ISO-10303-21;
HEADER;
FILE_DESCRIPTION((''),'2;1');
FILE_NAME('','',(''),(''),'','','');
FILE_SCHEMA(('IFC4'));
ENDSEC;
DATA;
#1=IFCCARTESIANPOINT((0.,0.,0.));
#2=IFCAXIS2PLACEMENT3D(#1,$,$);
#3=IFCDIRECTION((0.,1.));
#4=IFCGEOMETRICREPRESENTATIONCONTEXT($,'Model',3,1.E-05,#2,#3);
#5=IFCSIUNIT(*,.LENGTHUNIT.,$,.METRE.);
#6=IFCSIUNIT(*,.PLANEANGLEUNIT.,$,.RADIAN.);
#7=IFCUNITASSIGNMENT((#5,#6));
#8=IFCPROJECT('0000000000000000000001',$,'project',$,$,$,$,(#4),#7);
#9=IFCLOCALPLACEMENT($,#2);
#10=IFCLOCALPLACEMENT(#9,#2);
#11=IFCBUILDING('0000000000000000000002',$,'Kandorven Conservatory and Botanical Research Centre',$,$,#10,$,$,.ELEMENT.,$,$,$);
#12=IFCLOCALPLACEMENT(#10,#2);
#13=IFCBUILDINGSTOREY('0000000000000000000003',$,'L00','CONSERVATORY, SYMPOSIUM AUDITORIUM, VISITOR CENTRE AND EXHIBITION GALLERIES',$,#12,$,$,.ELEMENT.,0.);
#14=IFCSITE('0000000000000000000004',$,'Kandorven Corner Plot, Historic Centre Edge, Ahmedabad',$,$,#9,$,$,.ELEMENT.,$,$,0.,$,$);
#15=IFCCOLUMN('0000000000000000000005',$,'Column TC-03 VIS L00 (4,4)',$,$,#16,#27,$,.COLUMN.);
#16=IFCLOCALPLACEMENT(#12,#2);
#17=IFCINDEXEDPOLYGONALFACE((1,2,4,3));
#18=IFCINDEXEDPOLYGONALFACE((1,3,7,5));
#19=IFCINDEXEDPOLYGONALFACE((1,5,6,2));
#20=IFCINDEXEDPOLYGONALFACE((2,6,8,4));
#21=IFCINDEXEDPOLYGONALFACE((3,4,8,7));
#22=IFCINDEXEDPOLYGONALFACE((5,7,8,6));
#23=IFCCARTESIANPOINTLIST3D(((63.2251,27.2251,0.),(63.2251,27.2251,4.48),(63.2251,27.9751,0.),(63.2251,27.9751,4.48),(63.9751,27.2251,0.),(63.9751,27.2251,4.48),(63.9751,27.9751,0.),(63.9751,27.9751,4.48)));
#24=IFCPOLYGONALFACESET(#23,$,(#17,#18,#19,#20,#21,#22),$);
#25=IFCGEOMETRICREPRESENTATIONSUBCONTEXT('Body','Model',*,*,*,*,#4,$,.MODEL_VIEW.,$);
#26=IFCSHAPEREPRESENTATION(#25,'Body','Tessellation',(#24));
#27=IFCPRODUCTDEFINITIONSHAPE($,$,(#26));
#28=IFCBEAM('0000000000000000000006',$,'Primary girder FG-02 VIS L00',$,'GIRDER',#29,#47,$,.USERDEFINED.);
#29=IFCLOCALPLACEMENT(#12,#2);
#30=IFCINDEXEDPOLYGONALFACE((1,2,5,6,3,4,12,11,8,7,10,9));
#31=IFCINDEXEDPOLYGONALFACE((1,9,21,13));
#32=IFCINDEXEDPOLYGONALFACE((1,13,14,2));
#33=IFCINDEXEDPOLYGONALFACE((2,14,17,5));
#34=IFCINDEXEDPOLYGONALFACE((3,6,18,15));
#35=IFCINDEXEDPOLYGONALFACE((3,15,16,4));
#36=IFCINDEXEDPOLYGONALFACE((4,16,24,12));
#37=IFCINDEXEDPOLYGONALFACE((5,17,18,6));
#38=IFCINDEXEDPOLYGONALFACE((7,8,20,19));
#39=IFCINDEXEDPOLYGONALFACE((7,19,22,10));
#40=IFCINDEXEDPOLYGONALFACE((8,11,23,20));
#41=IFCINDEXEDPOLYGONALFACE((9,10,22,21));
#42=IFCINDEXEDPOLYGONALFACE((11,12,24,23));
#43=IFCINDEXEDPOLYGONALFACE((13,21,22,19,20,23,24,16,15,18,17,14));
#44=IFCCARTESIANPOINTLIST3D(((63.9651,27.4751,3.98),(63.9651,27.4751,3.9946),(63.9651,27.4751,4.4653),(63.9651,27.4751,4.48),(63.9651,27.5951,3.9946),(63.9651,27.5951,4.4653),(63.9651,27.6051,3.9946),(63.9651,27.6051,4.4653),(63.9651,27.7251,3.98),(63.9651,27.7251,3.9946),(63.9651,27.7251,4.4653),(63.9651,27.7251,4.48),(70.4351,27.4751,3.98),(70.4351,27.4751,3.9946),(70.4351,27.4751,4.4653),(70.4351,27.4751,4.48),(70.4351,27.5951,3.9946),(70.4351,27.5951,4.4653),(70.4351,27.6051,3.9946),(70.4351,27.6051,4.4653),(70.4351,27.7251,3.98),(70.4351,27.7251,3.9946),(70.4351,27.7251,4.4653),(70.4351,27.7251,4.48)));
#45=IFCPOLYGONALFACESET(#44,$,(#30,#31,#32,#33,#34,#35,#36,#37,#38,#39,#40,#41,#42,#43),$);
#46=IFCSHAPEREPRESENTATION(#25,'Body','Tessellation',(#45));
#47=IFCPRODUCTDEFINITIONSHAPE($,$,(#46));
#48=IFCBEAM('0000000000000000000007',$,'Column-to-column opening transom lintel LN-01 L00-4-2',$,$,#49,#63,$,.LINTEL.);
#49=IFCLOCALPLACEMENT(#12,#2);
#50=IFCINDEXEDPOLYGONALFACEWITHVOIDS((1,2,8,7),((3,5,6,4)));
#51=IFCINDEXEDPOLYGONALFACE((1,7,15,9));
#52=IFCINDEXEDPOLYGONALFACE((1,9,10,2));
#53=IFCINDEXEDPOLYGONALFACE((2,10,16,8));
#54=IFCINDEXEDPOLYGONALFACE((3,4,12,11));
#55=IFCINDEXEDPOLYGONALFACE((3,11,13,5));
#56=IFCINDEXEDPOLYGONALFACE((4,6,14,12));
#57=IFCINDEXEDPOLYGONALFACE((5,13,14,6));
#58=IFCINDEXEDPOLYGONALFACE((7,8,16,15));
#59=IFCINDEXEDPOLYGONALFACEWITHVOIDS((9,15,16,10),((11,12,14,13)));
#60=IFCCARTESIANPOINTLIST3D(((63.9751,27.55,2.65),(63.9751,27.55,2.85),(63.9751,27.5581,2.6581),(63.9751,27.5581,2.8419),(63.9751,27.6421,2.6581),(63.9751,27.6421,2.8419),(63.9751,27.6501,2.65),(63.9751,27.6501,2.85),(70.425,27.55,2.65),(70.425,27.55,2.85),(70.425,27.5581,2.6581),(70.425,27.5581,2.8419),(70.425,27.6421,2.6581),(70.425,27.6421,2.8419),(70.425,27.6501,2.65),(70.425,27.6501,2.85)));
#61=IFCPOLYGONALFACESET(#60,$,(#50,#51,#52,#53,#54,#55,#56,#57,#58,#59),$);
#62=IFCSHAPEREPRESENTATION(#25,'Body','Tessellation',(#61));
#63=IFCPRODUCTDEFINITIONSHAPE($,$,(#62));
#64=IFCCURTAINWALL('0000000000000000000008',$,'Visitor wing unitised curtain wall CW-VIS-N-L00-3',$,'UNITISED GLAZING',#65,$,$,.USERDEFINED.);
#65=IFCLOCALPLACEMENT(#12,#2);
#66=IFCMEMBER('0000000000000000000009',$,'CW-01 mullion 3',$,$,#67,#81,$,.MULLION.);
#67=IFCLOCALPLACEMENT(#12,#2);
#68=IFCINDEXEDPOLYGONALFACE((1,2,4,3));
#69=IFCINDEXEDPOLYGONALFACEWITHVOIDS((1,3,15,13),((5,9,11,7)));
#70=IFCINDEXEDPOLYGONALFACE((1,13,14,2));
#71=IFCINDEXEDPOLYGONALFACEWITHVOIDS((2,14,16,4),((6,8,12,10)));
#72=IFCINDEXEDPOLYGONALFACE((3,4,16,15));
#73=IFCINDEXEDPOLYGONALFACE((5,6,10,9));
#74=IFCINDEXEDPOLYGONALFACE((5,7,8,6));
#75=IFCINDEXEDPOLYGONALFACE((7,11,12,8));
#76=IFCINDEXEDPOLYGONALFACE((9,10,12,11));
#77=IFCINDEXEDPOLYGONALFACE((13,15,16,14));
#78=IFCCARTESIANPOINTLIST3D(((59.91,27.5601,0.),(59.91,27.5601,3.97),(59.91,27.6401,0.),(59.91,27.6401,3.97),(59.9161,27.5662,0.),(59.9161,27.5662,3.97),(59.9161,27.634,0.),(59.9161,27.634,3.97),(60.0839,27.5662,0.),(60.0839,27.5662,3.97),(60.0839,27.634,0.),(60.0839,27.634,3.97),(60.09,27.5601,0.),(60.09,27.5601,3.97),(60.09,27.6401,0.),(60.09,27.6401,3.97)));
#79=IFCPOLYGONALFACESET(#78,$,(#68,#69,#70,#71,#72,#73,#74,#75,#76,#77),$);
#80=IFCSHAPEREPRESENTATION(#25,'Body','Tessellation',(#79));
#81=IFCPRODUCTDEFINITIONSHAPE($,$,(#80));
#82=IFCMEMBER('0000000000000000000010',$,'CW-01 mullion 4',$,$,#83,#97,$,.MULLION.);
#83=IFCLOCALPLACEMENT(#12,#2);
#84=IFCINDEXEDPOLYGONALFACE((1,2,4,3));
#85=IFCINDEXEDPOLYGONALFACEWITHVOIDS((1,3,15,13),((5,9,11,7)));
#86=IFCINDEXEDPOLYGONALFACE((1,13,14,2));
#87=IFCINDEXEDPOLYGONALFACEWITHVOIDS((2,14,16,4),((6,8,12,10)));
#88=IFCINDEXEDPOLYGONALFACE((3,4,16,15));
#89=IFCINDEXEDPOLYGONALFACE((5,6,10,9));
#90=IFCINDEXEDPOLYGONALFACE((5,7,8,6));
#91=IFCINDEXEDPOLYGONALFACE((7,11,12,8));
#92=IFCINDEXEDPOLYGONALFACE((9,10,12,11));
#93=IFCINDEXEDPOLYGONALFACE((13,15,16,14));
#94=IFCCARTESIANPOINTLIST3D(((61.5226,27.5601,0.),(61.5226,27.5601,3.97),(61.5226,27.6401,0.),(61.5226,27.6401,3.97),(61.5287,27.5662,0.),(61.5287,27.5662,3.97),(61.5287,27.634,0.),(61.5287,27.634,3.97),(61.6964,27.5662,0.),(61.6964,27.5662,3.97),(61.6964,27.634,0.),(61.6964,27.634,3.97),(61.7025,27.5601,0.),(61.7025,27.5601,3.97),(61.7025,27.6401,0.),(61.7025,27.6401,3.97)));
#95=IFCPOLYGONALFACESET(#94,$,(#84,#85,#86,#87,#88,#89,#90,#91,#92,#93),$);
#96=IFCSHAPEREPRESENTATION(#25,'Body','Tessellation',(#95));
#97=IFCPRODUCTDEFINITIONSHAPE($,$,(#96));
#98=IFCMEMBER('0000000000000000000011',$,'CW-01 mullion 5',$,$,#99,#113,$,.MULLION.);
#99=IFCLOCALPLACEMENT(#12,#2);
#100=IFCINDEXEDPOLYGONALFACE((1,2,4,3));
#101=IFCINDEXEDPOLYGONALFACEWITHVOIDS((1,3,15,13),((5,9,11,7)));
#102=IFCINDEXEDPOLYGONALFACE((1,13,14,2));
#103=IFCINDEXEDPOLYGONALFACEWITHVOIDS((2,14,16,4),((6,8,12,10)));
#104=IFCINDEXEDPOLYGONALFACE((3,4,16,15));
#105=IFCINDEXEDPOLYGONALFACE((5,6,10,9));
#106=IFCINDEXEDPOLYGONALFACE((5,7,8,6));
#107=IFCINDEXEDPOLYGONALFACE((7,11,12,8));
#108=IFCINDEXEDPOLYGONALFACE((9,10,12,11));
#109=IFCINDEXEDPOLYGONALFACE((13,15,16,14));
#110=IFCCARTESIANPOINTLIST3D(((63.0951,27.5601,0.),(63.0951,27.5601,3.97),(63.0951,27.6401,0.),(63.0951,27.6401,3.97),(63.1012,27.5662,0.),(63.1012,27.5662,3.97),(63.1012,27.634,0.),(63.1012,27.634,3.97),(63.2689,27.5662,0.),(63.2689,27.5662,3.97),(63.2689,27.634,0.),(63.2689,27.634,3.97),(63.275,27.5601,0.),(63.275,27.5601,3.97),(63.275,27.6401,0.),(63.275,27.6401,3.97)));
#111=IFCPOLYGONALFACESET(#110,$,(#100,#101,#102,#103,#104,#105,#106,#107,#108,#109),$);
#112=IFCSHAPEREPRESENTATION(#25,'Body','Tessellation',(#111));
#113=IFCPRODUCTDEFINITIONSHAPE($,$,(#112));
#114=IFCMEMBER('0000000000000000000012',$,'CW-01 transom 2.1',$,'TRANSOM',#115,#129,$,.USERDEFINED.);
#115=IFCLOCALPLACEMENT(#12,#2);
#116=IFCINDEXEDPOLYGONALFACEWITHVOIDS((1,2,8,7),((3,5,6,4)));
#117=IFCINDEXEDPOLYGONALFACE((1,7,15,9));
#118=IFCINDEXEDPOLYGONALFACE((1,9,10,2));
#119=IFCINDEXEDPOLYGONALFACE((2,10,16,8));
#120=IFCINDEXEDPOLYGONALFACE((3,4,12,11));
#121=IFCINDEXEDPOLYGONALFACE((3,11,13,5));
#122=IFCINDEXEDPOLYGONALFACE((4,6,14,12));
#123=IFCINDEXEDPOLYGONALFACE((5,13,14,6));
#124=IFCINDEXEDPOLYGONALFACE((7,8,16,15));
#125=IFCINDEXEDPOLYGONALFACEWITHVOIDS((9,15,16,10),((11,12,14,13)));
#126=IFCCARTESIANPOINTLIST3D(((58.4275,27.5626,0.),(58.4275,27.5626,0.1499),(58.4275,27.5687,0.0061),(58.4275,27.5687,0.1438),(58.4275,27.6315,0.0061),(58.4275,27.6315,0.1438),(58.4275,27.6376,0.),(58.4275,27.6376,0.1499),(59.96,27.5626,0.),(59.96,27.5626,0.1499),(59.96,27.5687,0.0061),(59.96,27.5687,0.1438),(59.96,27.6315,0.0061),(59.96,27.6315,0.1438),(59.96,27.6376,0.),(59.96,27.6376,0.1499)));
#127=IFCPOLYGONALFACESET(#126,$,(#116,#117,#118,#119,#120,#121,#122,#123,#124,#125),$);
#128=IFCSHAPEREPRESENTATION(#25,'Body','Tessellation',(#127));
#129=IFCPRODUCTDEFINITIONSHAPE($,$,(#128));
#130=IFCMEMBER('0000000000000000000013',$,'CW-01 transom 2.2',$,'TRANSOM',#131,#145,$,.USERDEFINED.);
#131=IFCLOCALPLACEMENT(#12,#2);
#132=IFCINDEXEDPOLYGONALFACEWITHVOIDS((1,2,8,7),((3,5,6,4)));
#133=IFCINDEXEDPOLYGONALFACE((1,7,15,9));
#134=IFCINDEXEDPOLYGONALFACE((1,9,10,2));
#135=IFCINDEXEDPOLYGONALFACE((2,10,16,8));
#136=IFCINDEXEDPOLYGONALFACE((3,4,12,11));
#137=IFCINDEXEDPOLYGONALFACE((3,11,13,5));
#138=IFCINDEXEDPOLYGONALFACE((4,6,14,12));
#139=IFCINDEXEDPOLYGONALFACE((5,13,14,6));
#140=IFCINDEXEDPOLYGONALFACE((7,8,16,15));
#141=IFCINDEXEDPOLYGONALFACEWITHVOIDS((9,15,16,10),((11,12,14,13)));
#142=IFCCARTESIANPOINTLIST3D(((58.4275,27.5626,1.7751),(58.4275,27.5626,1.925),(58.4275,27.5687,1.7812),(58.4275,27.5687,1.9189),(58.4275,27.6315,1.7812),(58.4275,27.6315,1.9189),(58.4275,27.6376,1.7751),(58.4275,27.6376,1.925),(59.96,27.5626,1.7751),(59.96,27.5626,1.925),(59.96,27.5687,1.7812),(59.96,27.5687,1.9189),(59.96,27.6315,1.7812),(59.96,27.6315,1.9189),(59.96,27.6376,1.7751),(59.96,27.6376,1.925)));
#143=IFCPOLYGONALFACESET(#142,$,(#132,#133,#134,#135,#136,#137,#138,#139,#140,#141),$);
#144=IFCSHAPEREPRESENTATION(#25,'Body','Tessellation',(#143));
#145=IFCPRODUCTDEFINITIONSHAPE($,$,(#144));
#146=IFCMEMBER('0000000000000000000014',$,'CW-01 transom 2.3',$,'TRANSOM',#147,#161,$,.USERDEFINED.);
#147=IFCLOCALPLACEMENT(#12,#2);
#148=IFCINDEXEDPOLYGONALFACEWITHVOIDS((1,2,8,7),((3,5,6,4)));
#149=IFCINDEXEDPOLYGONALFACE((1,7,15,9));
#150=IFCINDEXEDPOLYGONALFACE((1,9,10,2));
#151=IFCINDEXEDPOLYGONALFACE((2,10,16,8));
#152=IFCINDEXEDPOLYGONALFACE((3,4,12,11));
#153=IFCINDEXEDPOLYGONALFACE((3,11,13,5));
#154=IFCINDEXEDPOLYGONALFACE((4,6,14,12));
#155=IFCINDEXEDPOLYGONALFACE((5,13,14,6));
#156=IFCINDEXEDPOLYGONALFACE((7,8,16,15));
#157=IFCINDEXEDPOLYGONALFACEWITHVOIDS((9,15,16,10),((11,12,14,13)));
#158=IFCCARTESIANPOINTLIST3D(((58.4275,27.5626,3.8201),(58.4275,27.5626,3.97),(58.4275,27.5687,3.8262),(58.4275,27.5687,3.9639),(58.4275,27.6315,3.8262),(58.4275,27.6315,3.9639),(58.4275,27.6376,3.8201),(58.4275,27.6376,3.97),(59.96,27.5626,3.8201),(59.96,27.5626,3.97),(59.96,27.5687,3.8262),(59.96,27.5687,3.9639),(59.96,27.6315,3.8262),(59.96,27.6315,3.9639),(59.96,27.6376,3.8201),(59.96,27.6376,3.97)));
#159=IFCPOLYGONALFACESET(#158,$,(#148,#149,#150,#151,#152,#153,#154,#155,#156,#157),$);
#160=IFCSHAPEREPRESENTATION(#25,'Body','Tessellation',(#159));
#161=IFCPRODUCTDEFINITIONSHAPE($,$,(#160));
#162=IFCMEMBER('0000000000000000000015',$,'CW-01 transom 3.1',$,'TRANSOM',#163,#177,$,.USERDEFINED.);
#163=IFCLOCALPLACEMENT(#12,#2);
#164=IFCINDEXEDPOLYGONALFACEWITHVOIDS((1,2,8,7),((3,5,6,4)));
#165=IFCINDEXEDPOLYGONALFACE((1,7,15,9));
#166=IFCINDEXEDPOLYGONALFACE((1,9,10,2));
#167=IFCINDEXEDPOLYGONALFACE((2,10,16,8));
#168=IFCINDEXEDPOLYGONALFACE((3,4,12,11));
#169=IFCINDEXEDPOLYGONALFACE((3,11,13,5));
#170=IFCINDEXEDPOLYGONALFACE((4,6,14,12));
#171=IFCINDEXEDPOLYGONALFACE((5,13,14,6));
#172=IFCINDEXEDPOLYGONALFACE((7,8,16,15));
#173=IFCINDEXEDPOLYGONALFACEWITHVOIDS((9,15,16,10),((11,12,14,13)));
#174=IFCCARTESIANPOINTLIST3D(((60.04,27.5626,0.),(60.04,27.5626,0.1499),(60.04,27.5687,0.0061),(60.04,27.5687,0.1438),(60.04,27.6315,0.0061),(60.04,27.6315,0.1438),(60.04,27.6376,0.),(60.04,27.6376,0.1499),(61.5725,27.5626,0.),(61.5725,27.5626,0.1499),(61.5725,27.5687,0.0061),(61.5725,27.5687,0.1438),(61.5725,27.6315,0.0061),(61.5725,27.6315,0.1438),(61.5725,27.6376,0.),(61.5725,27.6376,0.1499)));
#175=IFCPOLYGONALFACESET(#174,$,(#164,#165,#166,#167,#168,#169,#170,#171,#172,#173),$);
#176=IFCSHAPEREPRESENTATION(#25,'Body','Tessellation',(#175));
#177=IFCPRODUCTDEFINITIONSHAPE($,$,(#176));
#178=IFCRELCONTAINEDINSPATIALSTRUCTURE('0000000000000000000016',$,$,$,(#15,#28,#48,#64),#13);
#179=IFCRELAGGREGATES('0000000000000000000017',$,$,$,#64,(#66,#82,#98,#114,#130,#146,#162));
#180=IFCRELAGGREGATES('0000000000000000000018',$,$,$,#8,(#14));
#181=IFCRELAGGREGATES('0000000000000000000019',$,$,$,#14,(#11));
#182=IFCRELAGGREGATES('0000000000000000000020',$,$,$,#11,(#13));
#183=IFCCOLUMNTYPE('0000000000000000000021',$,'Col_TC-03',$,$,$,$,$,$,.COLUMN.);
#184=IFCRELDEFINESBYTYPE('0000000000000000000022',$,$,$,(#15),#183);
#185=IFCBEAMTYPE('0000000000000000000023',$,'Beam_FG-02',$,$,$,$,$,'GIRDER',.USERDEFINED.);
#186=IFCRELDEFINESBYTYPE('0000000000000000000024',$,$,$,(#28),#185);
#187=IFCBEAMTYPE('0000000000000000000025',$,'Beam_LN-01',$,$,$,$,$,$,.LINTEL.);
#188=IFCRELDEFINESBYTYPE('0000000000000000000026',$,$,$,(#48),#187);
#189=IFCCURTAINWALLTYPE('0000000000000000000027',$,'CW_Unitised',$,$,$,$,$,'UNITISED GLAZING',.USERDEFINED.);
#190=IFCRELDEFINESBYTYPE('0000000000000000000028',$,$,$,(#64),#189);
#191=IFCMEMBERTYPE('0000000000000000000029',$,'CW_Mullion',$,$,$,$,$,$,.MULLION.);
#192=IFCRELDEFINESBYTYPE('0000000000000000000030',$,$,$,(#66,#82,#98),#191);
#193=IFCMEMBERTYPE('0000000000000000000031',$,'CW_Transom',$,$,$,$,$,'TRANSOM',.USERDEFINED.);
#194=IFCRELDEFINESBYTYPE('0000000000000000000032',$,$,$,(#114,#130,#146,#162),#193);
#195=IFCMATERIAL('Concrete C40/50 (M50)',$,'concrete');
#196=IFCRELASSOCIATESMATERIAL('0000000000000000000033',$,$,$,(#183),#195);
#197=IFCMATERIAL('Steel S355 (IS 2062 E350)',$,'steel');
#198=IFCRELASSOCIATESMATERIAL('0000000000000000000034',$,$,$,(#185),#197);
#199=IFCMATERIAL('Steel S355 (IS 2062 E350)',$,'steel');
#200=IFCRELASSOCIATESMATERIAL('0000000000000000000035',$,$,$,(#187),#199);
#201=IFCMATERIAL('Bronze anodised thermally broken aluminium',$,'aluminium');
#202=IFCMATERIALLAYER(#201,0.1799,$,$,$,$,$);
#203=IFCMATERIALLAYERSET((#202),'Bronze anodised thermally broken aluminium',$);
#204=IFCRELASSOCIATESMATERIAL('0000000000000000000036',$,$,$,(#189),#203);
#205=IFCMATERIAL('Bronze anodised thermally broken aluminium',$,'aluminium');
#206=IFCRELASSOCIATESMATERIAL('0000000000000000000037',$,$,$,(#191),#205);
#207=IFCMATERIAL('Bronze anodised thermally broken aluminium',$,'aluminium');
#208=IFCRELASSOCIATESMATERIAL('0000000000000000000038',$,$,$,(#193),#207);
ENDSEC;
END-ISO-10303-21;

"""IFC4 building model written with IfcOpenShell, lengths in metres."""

from ifc_helpers import new_model, si_unit, direction, frame, origin, origin_2d, place, context, subcontext, project, spatial, rectangle, hollow_rectangle, i_section, extrude, material, layer, layer_set, material_profile, profile_set, type_object, element, aggregate, save


model = new_model("IFC4")

# Units and contexts
model_context = context("Model", 3, precision=1e-05, world=origin(), true_north=direction((0.0, 1.0)))
body_context = subcontext(model_context, "Body", "Model", "MODEL_VIEW")
ifc_project = project(units=[si_unit("LENGTHUNIT", "METRE"), si_unit("PLANEANGLEUNIT", "RADIAN")], contexts=[model_context])

# Site, building, storey
site_placement = place(None, origin())
site = spatial("IfcSite", under=ifc_project, at=site_placement, Name="Kandorven Corner Plot, Historic Centre Edge, Ahmedabad", CompositionType="ELEMENT", RefElevation=0.0)
building_placement = place(site_placement, origin())
building = spatial("IfcBuilding", under=site, at=building_placement, Name="Kandorven Conservatory and Botanical Research Centre", CompositionType="ELEMENT")
storey_placement = place(building_placement, origin())
storey = spatial("IfcBuildingStorey", under=building, at=storey_placement, Name="L00", Description="CONSERVATORY, SYMPOSIUM AUDITORIUM, VISITOR CENTRE AND EXHIBITION GALLERIES", CompositionType="ELEMENT", Elevation=0.0)

# Column
ifc_material_1 = material(Name="Concrete C40/50 (M50)", Category="concrete")
ifc_material_profile_1 = material_profile(ifc_material_1, rectangle(XDim=0.75, YDim=0.75, at=origin_2d()))
ifc_profile_set_1 = profile_set([ifc_material_profile_1], Name="Concrete C40/50 (M50)")
column_type = type_object("IfcColumnType", Name="Col_TC-03", PredefinedType="COLUMN", material=ifc_profile_set_1)
column_placement = place(storey_placement, frame((63.6001, 27.6001, 0.0), z_axis=(0.0, 0.0, 1.0), x_axis=(1.0, 0.0, 0.0)))
element("IfcColumn", 1, at=column_placement, inside=storey, type_object=column_type, Name="Column TC-03 VIS L00 (4,4)", PredefinedType="COLUMN", context=body_context, shape_type="SweptSolid", body=[
    extrude(rectangle(XDim=0.75, YDim=0.75, at=origin_2d()), origin(), (0.0, 0.0, 1.0), 4.48),
])

# Beams
ifc_material_2 = material(Name="Steel S355 (IS 2062 E350)", Category="steel")
ifc_material_profile_2 = material_profile(ifc_material_2, i_section(OverallWidth=0.25, OverallDepth=0.5, WebThickness=0.01, FlangeThickness=0.0146, at=origin_2d()))
ifc_profile_set_2 = profile_set([ifc_material_profile_2], Name="Steel S355 (IS 2062 E350)")
beam_type_1 = type_object("IfcBeamType", Name="Beam_FG-02", ElementType="GIRDER", PredefinedType="USERDEFINED", material=ifc_profile_set_2)
beam_1_placement = place(storey_placement, frame((63.9651, 27.6001, 4.23), z_axis=(1.0, 0.0, 0.0), x_axis=(0.0, 1.0, 0.0)))
element("IfcBeam", 2, at=beam_1_placement, inside=storey, type_object=beam_type_1, Name="Primary girder FG-02 VIS L00", ObjectType="GIRDER", PredefinedType="USERDEFINED", context=body_context, shape_type="SweptSolid", body=[
    extrude(i_section(OverallWidth=0.25, OverallDepth=0.5, WebThickness=0.01, FlangeThickness=0.0146, at=origin_2d()), origin(), (0.0, 0.0, 1.0), 6.47),
])
ifc_material_3 = material(Name="Steel S355 (IS 2062 E350)", Category="steel")
ifc_material_profile_3 = material_profile(ifc_material_3, hollow_rectangle(XDim=0.1001, YDim=0.2, WallThickness=0.0081, at=origin_2d()))
ifc_profile_set_3 = profile_set([ifc_material_profile_3], Name="Steel S355 (IS 2062 E350)")
beam_type_2 = type_object("IfcBeamType", Name="Beam_LN-01", PredefinedType="LINTEL", material=ifc_profile_set_3)
beam_2_placement = place(storey_placement, frame((63.9751, 27.6001, 2.75), z_axis=(1.0, 0.0, 0.0), x_axis=(0.0, 1.0, 0.0)))
element("IfcBeam", 3, at=beam_2_placement, inside=storey, type_object=beam_type_2, Name="Column-to-column opening transom lintel LN-01 L00-4-2", PredefinedType="LINTEL", context=body_context, shape_type="SweptSolid", body=[
    extrude(hollow_rectangle(XDim=0.1001, YDim=0.2, WallThickness=0.0081, at=origin_2d()), origin(), (0.0, 0.0, 1.0), 6.45),
])

# Curtain wall, members
ifc_material_4 = material(Name="Bronze anodised thermally broken aluminium", Category="aluminium")
ifc_layer_1 = layer(ifc_material_4, 0.1799)
ifc_layer_set_1 = layer_set([ifc_layer_1], Name="Bronze anodised thermally broken aluminium")
curtain_wall_type = type_object("IfcCurtainWallType", Name="CW_Unitised", ElementType="UNITISED GLAZING", PredefinedType="USERDEFINED", material=ifc_layer_set_1)
curtain_wall_placement = place(storey_placement, origin())
curtain_wall = element("IfcCurtainWall", 4, at=curtain_wall_placement, inside=storey, type_object=curtain_wall_type, Name="Visitor wing unitised curtain wall CW-VIS-N-L00-3", ObjectType="UNITISED GLAZING", PredefinedType="USERDEFINED")
ifc_material_5 = material(Name="Bronze anodised thermally broken aluminium", Category="aluminium")
ifc_material_profile_4 = material_profile(ifc_material_5, hollow_rectangle(XDim=0.0801, YDim=0.1799, WallThickness=0.0061, at=origin_2d()))
ifc_profile_set_4 = profile_set([ifc_material_profile_4], Name="Bronze anodised thermally broken aluminium")
member_type_1 = type_object("IfcMemberType", Name="CW_Mullion", PredefinedType="MULLION", material=ifc_profile_set_4)
member_1_placement = place(storey_placement, frame((60.0, 27.6001, 0.0), z_axis=(0.0, 0.0, 1.0), x_axis=(0.0, 1.0, 0.0)))
member_1 = element("IfcMember", 5, at=member_1_placement, type_object=member_type_1, Name="CW-01 mullion 3", PredefinedType="MULLION", context=body_context, shape_type="SweptSolid", body=[
    extrude(hollow_rectangle(XDim=0.0801, YDim=0.1799, WallThickness=0.0061, at=origin_2d()), origin(), (0.0, 0.0, 1.0), 3.97),
])
member_2_placement = place(storey_placement, frame((61.6125, 27.6001, 0.0), z_axis=(0.0, 0.0, 1.0), x_axis=(0.0, 1.0, 0.0)))
member_2 = element("IfcMember", 6, at=member_2_placement, type_object=member_type_1, Name="CW-01 mullion 4", PredefinedType="MULLION", context=body_context, shape_type="SweptSolid", body=[
    extrude(hollow_rectangle(XDim=0.0801, YDim=0.1799, WallThickness=0.0061, at=origin_2d()), origin(), (0.0, 0.0, 1.0), 3.97),
])
member_3_placement = place(storey_placement, frame((63.1851, 27.6001, 0.0), z_axis=(0.0, 0.0, 1.0), x_axis=(0.0, 1.0, 0.0)))
member_3 = element("IfcMember", 7, at=member_3_placement, type_object=member_type_1, Name="CW-01 mullion 5", PredefinedType="MULLION", context=body_context, shape_type="SweptSolid", body=[
    extrude(hollow_rectangle(XDim=0.0801, YDim=0.1799, WallThickness=0.0061, at=origin_2d()), origin(), (0.0, 0.0, 1.0), 3.97),
])
ifc_material_6 = material(Name="Bronze anodised thermally broken aluminium", Category="aluminium")
ifc_material_profile_5 = material_profile(ifc_material_6, hollow_rectangle(XDim=0.075, YDim=0.1499, WallThickness=0.0061, at=origin_2d()))
ifc_profile_set_5 = profile_set([ifc_material_profile_5], Name="Bronze anodised thermally broken aluminium")
member_type_2 = type_object("IfcMemberType", Name="CW_Transom", ElementType="TRANSOM", PredefinedType="USERDEFINED", material=ifc_profile_set_5)
member_4_placement = place(storey_placement, frame((58.4275, 27.6001, 0.075), z_axis=(1.0, 0.0, 0.0), x_axis=(0.0, 1.0, 0.0)))
member_4 = element("IfcMember", 8, at=member_4_placement, type_object=member_type_2, Name="CW-01 transom 2.1", ObjectType="TRANSOM", PredefinedType="USERDEFINED", context=body_context, shape_type="SweptSolid", body=[
    extrude(hollow_rectangle(XDim=0.075, YDim=0.1499, WallThickness=0.0061, at=origin_2d()), origin(), (0.0, 0.0, 1.0), 1.5325),
])
member_5_placement = place(storey_placement, frame((58.4275, 27.6001, 1.8501), z_axis=(1.0, 0.0, 0.0), x_axis=(0.0, 1.0, 0.0)))
member_5 = element("IfcMember", 9, at=member_5_placement, type_object=member_type_2, Name="CW-01 transom 2.2", ObjectType="TRANSOM", PredefinedType="USERDEFINED", context=body_context, shape_type="SweptSolid", body=[
    extrude(hollow_rectangle(XDim=0.075, YDim=0.1499, WallThickness=0.0061, at=origin_2d()), origin(), (0.0, 0.0, 1.0), 1.5325),
])
member_6_placement = place(storey_placement, frame((58.4275, 27.6001, 3.895), z_axis=(1.0, 0.0, 0.0), x_axis=(0.0, 1.0, 0.0)))
member_6 = element("IfcMember", 10, at=member_6_placement, type_object=member_type_2, Name="CW-01 transom 2.3", ObjectType="TRANSOM", PredefinedType="USERDEFINED", context=body_context, shape_type="SweptSolid", body=[
    extrude(hollow_rectangle(XDim=0.075, YDim=0.1499, WallThickness=0.0061, at=origin_2d()), origin(), (0.0, 0.0, 1.0), 1.5325),
])
member_7_placement = place(storey_placement, frame((60.04, 27.6001, 0.075), z_axis=(1.0, 0.0, 0.0), x_axis=(0.0, 1.0, 0.0)))
member_7 = element("IfcMember", 11, at=member_7_placement, type_object=member_type_2, Name="CW-01 transom 3.1", ObjectType="TRANSOM", PredefinedType="USERDEFINED", context=body_context, shape_type="SweptSolid", body=[
    extrude(hollow_rectangle(XDim=0.075, YDim=0.1499, WallThickness=0.0061, at=origin_2d()), origin(), (0.0, 0.0, 1.0), 1.5325),
])
aggregate(curtain_wall, [member_1, member_2, member_3, member_4, member_5, member_6, member_7])

save(model, "model.ifc")
